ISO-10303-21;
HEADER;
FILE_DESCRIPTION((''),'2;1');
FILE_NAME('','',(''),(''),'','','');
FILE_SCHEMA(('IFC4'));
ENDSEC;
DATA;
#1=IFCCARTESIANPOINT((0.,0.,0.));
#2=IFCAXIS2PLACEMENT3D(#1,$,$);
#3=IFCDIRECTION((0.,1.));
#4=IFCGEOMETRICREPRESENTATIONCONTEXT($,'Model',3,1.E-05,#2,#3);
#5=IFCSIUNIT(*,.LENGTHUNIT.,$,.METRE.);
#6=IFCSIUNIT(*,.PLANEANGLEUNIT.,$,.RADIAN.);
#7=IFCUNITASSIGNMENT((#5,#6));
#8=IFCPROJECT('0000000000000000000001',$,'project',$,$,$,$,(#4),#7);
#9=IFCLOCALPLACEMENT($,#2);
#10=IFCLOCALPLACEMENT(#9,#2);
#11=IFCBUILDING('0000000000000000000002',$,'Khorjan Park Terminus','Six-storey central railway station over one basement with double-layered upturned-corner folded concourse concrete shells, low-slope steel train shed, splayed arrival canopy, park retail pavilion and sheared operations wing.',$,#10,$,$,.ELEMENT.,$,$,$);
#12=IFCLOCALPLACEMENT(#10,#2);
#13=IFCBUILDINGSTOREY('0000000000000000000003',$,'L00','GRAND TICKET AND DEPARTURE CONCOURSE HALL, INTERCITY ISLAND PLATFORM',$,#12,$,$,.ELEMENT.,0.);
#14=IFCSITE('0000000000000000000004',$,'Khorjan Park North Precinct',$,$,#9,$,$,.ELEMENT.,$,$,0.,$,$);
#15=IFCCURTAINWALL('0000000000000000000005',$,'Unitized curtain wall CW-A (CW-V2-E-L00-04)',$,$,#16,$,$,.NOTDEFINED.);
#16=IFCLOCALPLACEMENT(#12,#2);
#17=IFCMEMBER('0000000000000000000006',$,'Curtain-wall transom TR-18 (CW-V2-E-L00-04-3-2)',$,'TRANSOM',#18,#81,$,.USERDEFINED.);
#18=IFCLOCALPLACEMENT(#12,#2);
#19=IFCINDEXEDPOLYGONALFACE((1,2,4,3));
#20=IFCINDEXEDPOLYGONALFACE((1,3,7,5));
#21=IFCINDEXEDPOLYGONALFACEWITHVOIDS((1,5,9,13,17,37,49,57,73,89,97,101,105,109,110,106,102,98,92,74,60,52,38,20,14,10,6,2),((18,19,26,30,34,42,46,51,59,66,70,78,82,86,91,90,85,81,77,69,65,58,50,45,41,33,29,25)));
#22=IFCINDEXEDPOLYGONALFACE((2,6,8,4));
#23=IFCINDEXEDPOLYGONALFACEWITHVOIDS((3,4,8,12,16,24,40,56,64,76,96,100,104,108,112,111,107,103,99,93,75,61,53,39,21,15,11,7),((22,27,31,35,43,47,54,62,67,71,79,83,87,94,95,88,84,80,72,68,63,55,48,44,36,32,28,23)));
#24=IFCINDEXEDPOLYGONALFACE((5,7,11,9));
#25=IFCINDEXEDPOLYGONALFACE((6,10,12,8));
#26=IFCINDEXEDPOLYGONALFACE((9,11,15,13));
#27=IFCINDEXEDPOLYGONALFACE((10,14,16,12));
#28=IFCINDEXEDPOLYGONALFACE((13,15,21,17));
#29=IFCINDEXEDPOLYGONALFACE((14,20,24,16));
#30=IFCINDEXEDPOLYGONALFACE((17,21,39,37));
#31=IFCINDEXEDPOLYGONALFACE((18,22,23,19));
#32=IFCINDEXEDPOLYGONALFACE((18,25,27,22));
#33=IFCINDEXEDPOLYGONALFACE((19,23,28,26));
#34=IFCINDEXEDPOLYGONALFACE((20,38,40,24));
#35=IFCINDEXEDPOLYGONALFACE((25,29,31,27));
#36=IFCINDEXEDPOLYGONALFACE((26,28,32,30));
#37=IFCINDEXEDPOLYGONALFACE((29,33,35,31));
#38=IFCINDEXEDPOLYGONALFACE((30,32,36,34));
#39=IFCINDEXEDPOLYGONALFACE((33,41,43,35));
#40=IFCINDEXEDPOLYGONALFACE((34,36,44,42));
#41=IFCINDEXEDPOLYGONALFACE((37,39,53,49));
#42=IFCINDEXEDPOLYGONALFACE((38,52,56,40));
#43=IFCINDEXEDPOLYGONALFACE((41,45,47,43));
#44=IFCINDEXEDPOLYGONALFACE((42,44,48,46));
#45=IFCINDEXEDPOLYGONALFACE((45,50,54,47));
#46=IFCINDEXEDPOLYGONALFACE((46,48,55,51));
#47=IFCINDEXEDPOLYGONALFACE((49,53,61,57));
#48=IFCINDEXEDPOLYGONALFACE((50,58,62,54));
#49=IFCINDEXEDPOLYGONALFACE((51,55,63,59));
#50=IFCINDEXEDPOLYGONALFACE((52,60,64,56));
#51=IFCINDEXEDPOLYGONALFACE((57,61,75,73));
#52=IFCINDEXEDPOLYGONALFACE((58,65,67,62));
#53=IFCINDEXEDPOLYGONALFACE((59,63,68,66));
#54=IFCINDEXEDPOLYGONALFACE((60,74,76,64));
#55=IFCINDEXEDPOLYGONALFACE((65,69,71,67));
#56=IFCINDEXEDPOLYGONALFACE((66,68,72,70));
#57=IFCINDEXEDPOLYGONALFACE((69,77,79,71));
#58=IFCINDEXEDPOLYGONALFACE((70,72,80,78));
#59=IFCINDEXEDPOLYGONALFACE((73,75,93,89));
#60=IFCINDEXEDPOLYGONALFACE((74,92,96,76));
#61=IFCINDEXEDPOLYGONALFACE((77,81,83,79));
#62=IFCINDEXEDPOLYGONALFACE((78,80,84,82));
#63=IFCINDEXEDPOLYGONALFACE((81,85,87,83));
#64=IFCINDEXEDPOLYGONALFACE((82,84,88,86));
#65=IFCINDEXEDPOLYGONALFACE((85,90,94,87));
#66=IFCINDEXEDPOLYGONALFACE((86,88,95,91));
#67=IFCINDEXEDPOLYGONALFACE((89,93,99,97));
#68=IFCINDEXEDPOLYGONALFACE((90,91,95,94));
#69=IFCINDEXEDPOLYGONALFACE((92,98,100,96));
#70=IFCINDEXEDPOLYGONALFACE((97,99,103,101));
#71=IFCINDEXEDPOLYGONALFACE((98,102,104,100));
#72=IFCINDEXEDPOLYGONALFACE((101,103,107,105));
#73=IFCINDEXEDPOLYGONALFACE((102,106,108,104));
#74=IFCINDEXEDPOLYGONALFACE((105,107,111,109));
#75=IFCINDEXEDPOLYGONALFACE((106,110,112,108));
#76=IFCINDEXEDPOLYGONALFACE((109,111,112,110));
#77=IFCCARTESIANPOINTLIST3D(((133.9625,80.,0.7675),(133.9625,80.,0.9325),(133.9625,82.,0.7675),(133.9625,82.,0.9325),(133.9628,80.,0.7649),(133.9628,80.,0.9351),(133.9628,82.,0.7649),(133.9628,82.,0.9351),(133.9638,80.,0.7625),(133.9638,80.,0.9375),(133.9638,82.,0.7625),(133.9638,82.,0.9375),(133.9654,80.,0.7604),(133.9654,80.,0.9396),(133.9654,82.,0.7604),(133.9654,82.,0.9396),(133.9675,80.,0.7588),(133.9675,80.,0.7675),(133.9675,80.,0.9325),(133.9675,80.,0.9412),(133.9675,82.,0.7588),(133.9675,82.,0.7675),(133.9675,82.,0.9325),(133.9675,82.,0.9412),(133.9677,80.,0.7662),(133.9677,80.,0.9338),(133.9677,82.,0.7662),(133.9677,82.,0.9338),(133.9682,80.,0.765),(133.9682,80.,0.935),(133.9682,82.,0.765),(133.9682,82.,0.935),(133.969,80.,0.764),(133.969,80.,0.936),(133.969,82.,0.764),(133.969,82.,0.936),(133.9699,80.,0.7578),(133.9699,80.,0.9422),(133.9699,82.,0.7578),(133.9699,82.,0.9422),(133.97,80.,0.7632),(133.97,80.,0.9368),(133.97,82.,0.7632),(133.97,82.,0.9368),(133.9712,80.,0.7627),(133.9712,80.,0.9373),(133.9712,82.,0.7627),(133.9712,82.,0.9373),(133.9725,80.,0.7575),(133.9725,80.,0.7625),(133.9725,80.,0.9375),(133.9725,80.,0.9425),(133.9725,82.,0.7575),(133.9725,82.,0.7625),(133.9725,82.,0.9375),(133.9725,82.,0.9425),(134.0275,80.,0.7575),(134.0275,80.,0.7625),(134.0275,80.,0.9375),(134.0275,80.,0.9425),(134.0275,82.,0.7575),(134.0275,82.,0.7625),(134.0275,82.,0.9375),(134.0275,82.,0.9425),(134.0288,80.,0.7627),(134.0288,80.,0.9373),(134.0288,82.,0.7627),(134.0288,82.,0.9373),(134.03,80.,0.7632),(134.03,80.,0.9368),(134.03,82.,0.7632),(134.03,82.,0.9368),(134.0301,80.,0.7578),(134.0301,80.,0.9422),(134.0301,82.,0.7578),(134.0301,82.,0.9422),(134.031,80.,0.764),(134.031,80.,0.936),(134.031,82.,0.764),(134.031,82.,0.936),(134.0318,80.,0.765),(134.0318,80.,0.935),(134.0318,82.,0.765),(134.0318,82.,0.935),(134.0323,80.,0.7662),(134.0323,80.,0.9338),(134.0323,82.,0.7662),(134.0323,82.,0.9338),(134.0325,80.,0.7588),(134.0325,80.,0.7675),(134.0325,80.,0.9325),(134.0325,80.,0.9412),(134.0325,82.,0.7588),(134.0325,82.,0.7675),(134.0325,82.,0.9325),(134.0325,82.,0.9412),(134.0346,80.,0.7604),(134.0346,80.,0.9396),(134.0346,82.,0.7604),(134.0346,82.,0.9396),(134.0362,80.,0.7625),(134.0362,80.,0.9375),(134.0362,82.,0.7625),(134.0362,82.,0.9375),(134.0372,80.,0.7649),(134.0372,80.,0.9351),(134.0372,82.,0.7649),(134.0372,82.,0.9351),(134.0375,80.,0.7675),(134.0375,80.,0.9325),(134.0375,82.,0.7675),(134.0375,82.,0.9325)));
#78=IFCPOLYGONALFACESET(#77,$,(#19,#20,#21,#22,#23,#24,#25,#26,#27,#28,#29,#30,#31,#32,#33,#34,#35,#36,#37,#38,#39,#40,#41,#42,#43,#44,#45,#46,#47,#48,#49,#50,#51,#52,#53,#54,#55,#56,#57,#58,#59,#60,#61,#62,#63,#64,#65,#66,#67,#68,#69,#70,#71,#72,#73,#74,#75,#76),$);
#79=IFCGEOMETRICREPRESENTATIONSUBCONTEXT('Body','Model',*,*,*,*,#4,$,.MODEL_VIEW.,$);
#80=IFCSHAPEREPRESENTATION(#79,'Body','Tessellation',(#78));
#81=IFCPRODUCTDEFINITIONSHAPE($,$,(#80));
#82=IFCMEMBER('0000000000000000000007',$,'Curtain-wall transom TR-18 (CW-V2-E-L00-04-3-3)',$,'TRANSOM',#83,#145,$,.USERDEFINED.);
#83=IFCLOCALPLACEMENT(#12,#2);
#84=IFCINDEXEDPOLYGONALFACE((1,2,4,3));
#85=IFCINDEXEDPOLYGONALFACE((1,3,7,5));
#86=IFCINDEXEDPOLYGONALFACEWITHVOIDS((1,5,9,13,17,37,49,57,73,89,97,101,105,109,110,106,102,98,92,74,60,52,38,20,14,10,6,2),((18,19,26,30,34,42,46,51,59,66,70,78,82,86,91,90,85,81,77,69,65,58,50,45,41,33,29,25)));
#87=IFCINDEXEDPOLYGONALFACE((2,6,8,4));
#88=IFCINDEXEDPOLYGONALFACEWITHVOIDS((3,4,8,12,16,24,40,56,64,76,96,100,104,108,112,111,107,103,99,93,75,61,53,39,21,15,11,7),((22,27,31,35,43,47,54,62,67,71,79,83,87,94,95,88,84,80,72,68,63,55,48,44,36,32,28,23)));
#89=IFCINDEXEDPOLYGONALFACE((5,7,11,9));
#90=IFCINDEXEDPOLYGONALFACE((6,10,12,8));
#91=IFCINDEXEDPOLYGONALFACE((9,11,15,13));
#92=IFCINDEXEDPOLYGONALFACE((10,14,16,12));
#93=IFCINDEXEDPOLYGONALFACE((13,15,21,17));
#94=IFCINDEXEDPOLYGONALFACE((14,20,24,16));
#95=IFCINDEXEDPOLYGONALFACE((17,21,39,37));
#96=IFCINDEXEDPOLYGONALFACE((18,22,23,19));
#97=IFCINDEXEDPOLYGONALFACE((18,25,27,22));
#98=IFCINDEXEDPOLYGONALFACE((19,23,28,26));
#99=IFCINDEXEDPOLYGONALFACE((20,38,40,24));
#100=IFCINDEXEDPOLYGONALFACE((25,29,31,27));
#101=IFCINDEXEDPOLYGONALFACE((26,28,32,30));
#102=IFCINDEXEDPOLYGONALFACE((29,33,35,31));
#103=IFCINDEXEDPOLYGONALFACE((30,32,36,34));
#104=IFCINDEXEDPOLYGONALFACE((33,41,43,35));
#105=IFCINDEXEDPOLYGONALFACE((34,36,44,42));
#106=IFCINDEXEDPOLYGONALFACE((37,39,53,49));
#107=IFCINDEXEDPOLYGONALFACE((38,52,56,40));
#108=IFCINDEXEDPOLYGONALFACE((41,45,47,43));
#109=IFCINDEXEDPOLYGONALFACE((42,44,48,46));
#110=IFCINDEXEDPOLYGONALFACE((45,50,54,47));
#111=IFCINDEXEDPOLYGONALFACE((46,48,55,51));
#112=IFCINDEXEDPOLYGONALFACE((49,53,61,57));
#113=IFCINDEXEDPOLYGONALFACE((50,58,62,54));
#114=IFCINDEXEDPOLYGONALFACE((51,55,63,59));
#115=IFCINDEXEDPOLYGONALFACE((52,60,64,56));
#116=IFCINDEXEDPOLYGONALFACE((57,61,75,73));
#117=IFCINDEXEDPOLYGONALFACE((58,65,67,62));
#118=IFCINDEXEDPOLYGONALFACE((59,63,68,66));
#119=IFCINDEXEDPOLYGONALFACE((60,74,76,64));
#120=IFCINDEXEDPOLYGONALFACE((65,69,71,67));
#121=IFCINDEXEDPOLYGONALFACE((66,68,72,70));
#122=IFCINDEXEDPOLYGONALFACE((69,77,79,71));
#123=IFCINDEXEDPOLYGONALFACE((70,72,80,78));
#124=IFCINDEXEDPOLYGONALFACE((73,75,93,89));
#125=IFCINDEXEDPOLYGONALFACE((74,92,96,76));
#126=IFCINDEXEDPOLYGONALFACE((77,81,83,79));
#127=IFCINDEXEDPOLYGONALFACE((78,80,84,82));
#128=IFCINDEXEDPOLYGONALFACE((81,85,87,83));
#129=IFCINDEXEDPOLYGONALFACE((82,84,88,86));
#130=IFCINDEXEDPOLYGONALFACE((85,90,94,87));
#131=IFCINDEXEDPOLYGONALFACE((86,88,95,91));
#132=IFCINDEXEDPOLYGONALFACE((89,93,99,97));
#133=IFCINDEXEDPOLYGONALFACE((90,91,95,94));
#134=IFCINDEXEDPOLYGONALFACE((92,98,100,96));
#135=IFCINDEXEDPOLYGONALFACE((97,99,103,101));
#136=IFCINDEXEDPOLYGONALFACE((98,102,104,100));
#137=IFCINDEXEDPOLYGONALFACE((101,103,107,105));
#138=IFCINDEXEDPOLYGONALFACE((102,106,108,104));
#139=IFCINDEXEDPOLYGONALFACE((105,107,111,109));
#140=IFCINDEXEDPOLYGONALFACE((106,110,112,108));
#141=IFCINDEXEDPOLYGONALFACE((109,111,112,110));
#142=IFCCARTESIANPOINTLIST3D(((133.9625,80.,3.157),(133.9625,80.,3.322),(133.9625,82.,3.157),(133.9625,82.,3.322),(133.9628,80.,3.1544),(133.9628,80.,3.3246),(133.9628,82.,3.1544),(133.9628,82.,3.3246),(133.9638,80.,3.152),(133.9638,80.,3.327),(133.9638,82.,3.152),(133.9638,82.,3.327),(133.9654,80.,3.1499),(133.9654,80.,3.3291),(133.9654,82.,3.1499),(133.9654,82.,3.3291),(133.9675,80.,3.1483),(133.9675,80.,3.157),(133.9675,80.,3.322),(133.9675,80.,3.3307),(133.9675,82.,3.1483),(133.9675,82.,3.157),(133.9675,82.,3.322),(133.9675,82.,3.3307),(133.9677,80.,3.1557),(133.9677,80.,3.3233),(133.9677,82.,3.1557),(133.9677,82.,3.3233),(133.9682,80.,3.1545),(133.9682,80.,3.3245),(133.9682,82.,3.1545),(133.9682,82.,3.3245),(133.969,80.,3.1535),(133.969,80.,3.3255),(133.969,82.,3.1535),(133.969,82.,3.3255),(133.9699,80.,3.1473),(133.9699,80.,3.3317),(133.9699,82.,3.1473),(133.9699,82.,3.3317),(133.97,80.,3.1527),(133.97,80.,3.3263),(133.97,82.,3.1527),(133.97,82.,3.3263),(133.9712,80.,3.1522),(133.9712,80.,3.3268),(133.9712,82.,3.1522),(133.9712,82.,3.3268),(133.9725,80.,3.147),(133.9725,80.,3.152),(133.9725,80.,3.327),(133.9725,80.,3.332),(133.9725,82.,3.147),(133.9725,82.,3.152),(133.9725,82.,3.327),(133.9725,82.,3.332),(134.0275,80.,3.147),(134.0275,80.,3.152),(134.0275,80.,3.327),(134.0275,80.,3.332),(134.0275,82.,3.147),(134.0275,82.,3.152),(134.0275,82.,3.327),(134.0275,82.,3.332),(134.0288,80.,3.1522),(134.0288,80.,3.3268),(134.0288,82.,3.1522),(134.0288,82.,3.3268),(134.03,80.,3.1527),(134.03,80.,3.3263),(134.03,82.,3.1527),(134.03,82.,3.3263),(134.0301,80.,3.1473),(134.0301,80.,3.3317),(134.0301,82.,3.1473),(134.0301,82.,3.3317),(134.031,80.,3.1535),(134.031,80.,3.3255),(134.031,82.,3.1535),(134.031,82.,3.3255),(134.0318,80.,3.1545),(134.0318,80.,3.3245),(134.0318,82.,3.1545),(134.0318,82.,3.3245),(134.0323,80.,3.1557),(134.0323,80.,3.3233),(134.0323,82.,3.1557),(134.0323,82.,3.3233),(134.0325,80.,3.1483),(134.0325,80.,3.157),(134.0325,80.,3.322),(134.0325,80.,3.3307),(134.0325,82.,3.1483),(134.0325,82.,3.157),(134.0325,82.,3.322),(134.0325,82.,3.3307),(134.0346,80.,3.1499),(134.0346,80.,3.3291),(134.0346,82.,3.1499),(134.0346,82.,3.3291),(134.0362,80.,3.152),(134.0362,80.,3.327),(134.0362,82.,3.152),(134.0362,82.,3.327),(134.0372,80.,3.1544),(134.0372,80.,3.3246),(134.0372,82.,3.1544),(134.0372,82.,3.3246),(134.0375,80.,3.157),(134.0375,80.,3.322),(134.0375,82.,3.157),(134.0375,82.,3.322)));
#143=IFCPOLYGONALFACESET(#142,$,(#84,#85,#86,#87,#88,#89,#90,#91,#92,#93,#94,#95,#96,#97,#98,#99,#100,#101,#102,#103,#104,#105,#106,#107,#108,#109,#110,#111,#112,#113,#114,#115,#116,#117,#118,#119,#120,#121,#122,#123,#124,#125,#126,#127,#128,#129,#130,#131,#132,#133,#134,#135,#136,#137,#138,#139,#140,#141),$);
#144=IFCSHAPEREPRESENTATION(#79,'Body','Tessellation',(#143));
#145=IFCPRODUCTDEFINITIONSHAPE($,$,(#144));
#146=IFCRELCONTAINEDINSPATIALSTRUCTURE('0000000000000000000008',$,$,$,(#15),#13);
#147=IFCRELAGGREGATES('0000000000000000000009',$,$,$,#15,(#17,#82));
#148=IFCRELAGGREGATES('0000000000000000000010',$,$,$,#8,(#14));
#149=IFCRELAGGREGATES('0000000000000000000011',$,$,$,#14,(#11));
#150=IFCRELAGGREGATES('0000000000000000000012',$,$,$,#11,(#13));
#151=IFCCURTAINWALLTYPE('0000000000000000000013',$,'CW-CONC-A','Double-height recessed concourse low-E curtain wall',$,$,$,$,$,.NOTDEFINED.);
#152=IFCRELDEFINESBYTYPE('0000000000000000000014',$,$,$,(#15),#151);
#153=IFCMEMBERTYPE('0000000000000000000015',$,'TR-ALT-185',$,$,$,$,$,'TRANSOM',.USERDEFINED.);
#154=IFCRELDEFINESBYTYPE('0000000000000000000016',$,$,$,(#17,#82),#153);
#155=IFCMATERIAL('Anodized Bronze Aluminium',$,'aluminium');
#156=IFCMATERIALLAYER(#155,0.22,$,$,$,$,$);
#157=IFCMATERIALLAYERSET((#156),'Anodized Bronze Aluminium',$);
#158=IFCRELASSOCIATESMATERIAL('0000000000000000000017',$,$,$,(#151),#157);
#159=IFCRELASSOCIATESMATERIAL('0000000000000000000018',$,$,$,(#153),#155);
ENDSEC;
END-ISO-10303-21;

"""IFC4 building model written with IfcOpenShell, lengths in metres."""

from ifc_helpers import new_model, si_unit, direction, frame, origin, origin_2d, place, context, subcontext, project, spatial, hollow_rectangle, extrude, material, layer, layer_set, material_profile, profile_set, type_object, element, aggregate, save


model = new_model("IFC4")

# Units and contexts
model_context = context("Model", 3, precision=1e-05, world=origin(), true_north=direction((0.0, 1.0)))
body_context = subcontext(model_context, "Body", "Model", "MODEL_VIEW")
ifc_project = project(units=[si_unit("LENGTHUNIT", "METRE"), si_unit("PLANEANGLEUNIT", "RADIAN")], contexts=[model_context])

# Site, building, storey
site_placement = place(None, origin())
site = spatial("IfcSite", under=ifc_project, at=site_placement, Name="Khorjan Park North Precinct", CompositionType="ELEMENT", RefElevation=0.0)
building_placement = place(site_placement, origin())
building = spatial("IfcBuilding", under=site, at=building_placement, Name="Khorjan Park Terminus", Description="Six-storey central railway station over one basement with double-layered upturned-corner folded concourse concrete shells, low-slope steel train shed, splayed arrival canopy, park retail pavilion and sheared operations wing.", CompositionType="ELEMENT")
storey_placement = place(building_placement, origin())
storey = spatial("IfcBuildingStorey", under=building, at=storey_placement, Name="L00", Description="GRAND TICKET AND DEPARTURE CONCOURSE HALL, INTERCITY ISLAND PLATFORM", CompositionType="ELEMENT", Elevation=0.0)

# Curtain wall, members
ifc_material_1 = material(Name="Anodized Bronze Aluminium", Category="aluminium")
ifc_layer_1 = layer(ifc_material_1, 0.22)
ifc_layer_set_1 = layer_set([ifc_layer_1], Name="Anodized Bronze Aluminium")
curtain_wall_type = type_object("IfcCurtainWallType", Name="CW-CONC-A", Description="Double-height recessed concourse low-E curtain wall", PredefinedType="NOTDEFINED", material=ifc_layer_set_1)
curtain_wall_placement = place(storey_placement, origin())
curtain_wall = element("IfcCurtainWall", 1, at=curtain_wall_placement, inside=storey, type_object=curtain_wall_type, Name="Unitized curtain wall CW-A (CW-V2-E-L00-04)", PredefinedType="NOTDEFINED")
ifc_material_profile_1 = material_profile(ifc_material_1, hollow_rectangle(XDim=0.075, YDim=0.185, WallThickness=0.005, InnerFilletRadius=0.005, OuterFilletRadius=0.01, at=origin_2d()), Name="ALT 75x185x5")
ifc_profile_set_1 = profile_set([ifc_material_profile_1], Name="Anodized Bronze Aluminium")
member_type_1 = type_object("IfcMemberType", Name="TR-ALT-185", ElementType="TRANSOM", PredefinedType="USERDEFINED", material=ifc_profile_set_1)
member_1_placement = place(storey_placement, frame((134.0, 80.0, 0.85), z_axis=(0.0, 1.0, 0.0), x_axis=(-1.0, 0.0, 0.0)))
member_1 = element("IfcMember", 2, at=member_1_placement, type_object=member_type_1, Name="Curtain-wall transom TR-18 (CW-V2-E-L00-04-3-2)", ObjectType="TRANSOM", PredefinedType="USERDEFINED", context=body_context, shape_type="SweptSolid", body=[
    extrude(hollow_rectangle(XDim=0.075, YDim=0.185, WallThickness=0.005, InnerFilletRadius=0.005, OuterFilletRadius=0.01, at=origin_2d()), origin(), (0.0, 0.0, 1.0), 2.0),
])
member_2_placement = place(storey_placement, frame((134.0, 80.0, 3.2395), z_axis=(0.0, 1.0, 0.0), x_axis=(-1.0, 0.0, 0.0)))
member_2 = element("IfcMember", 3, at=member_2_placement, type_object=member_type_1, Name="Curtain-wall transom TR-18 (CW-V2-E-L00-04-3-3)", ObjectType="TRANSOM", PredefinedType="USERDEFINED", context=body_context, shape_type="SweptSolid", body=[
    extrude(hollow_rectangle(XDim=0.075, YDim=0.185, WallThickness=0.005, InnerFilletRadius=0.005, OuterFilletRadius=0.01, at=origin_2d()), origin(), (0.0, 0.0, 1.0), 2.0),
])
aggregate(curtain_wall, [member_1, member_2])

save(model, "model.ifc")
